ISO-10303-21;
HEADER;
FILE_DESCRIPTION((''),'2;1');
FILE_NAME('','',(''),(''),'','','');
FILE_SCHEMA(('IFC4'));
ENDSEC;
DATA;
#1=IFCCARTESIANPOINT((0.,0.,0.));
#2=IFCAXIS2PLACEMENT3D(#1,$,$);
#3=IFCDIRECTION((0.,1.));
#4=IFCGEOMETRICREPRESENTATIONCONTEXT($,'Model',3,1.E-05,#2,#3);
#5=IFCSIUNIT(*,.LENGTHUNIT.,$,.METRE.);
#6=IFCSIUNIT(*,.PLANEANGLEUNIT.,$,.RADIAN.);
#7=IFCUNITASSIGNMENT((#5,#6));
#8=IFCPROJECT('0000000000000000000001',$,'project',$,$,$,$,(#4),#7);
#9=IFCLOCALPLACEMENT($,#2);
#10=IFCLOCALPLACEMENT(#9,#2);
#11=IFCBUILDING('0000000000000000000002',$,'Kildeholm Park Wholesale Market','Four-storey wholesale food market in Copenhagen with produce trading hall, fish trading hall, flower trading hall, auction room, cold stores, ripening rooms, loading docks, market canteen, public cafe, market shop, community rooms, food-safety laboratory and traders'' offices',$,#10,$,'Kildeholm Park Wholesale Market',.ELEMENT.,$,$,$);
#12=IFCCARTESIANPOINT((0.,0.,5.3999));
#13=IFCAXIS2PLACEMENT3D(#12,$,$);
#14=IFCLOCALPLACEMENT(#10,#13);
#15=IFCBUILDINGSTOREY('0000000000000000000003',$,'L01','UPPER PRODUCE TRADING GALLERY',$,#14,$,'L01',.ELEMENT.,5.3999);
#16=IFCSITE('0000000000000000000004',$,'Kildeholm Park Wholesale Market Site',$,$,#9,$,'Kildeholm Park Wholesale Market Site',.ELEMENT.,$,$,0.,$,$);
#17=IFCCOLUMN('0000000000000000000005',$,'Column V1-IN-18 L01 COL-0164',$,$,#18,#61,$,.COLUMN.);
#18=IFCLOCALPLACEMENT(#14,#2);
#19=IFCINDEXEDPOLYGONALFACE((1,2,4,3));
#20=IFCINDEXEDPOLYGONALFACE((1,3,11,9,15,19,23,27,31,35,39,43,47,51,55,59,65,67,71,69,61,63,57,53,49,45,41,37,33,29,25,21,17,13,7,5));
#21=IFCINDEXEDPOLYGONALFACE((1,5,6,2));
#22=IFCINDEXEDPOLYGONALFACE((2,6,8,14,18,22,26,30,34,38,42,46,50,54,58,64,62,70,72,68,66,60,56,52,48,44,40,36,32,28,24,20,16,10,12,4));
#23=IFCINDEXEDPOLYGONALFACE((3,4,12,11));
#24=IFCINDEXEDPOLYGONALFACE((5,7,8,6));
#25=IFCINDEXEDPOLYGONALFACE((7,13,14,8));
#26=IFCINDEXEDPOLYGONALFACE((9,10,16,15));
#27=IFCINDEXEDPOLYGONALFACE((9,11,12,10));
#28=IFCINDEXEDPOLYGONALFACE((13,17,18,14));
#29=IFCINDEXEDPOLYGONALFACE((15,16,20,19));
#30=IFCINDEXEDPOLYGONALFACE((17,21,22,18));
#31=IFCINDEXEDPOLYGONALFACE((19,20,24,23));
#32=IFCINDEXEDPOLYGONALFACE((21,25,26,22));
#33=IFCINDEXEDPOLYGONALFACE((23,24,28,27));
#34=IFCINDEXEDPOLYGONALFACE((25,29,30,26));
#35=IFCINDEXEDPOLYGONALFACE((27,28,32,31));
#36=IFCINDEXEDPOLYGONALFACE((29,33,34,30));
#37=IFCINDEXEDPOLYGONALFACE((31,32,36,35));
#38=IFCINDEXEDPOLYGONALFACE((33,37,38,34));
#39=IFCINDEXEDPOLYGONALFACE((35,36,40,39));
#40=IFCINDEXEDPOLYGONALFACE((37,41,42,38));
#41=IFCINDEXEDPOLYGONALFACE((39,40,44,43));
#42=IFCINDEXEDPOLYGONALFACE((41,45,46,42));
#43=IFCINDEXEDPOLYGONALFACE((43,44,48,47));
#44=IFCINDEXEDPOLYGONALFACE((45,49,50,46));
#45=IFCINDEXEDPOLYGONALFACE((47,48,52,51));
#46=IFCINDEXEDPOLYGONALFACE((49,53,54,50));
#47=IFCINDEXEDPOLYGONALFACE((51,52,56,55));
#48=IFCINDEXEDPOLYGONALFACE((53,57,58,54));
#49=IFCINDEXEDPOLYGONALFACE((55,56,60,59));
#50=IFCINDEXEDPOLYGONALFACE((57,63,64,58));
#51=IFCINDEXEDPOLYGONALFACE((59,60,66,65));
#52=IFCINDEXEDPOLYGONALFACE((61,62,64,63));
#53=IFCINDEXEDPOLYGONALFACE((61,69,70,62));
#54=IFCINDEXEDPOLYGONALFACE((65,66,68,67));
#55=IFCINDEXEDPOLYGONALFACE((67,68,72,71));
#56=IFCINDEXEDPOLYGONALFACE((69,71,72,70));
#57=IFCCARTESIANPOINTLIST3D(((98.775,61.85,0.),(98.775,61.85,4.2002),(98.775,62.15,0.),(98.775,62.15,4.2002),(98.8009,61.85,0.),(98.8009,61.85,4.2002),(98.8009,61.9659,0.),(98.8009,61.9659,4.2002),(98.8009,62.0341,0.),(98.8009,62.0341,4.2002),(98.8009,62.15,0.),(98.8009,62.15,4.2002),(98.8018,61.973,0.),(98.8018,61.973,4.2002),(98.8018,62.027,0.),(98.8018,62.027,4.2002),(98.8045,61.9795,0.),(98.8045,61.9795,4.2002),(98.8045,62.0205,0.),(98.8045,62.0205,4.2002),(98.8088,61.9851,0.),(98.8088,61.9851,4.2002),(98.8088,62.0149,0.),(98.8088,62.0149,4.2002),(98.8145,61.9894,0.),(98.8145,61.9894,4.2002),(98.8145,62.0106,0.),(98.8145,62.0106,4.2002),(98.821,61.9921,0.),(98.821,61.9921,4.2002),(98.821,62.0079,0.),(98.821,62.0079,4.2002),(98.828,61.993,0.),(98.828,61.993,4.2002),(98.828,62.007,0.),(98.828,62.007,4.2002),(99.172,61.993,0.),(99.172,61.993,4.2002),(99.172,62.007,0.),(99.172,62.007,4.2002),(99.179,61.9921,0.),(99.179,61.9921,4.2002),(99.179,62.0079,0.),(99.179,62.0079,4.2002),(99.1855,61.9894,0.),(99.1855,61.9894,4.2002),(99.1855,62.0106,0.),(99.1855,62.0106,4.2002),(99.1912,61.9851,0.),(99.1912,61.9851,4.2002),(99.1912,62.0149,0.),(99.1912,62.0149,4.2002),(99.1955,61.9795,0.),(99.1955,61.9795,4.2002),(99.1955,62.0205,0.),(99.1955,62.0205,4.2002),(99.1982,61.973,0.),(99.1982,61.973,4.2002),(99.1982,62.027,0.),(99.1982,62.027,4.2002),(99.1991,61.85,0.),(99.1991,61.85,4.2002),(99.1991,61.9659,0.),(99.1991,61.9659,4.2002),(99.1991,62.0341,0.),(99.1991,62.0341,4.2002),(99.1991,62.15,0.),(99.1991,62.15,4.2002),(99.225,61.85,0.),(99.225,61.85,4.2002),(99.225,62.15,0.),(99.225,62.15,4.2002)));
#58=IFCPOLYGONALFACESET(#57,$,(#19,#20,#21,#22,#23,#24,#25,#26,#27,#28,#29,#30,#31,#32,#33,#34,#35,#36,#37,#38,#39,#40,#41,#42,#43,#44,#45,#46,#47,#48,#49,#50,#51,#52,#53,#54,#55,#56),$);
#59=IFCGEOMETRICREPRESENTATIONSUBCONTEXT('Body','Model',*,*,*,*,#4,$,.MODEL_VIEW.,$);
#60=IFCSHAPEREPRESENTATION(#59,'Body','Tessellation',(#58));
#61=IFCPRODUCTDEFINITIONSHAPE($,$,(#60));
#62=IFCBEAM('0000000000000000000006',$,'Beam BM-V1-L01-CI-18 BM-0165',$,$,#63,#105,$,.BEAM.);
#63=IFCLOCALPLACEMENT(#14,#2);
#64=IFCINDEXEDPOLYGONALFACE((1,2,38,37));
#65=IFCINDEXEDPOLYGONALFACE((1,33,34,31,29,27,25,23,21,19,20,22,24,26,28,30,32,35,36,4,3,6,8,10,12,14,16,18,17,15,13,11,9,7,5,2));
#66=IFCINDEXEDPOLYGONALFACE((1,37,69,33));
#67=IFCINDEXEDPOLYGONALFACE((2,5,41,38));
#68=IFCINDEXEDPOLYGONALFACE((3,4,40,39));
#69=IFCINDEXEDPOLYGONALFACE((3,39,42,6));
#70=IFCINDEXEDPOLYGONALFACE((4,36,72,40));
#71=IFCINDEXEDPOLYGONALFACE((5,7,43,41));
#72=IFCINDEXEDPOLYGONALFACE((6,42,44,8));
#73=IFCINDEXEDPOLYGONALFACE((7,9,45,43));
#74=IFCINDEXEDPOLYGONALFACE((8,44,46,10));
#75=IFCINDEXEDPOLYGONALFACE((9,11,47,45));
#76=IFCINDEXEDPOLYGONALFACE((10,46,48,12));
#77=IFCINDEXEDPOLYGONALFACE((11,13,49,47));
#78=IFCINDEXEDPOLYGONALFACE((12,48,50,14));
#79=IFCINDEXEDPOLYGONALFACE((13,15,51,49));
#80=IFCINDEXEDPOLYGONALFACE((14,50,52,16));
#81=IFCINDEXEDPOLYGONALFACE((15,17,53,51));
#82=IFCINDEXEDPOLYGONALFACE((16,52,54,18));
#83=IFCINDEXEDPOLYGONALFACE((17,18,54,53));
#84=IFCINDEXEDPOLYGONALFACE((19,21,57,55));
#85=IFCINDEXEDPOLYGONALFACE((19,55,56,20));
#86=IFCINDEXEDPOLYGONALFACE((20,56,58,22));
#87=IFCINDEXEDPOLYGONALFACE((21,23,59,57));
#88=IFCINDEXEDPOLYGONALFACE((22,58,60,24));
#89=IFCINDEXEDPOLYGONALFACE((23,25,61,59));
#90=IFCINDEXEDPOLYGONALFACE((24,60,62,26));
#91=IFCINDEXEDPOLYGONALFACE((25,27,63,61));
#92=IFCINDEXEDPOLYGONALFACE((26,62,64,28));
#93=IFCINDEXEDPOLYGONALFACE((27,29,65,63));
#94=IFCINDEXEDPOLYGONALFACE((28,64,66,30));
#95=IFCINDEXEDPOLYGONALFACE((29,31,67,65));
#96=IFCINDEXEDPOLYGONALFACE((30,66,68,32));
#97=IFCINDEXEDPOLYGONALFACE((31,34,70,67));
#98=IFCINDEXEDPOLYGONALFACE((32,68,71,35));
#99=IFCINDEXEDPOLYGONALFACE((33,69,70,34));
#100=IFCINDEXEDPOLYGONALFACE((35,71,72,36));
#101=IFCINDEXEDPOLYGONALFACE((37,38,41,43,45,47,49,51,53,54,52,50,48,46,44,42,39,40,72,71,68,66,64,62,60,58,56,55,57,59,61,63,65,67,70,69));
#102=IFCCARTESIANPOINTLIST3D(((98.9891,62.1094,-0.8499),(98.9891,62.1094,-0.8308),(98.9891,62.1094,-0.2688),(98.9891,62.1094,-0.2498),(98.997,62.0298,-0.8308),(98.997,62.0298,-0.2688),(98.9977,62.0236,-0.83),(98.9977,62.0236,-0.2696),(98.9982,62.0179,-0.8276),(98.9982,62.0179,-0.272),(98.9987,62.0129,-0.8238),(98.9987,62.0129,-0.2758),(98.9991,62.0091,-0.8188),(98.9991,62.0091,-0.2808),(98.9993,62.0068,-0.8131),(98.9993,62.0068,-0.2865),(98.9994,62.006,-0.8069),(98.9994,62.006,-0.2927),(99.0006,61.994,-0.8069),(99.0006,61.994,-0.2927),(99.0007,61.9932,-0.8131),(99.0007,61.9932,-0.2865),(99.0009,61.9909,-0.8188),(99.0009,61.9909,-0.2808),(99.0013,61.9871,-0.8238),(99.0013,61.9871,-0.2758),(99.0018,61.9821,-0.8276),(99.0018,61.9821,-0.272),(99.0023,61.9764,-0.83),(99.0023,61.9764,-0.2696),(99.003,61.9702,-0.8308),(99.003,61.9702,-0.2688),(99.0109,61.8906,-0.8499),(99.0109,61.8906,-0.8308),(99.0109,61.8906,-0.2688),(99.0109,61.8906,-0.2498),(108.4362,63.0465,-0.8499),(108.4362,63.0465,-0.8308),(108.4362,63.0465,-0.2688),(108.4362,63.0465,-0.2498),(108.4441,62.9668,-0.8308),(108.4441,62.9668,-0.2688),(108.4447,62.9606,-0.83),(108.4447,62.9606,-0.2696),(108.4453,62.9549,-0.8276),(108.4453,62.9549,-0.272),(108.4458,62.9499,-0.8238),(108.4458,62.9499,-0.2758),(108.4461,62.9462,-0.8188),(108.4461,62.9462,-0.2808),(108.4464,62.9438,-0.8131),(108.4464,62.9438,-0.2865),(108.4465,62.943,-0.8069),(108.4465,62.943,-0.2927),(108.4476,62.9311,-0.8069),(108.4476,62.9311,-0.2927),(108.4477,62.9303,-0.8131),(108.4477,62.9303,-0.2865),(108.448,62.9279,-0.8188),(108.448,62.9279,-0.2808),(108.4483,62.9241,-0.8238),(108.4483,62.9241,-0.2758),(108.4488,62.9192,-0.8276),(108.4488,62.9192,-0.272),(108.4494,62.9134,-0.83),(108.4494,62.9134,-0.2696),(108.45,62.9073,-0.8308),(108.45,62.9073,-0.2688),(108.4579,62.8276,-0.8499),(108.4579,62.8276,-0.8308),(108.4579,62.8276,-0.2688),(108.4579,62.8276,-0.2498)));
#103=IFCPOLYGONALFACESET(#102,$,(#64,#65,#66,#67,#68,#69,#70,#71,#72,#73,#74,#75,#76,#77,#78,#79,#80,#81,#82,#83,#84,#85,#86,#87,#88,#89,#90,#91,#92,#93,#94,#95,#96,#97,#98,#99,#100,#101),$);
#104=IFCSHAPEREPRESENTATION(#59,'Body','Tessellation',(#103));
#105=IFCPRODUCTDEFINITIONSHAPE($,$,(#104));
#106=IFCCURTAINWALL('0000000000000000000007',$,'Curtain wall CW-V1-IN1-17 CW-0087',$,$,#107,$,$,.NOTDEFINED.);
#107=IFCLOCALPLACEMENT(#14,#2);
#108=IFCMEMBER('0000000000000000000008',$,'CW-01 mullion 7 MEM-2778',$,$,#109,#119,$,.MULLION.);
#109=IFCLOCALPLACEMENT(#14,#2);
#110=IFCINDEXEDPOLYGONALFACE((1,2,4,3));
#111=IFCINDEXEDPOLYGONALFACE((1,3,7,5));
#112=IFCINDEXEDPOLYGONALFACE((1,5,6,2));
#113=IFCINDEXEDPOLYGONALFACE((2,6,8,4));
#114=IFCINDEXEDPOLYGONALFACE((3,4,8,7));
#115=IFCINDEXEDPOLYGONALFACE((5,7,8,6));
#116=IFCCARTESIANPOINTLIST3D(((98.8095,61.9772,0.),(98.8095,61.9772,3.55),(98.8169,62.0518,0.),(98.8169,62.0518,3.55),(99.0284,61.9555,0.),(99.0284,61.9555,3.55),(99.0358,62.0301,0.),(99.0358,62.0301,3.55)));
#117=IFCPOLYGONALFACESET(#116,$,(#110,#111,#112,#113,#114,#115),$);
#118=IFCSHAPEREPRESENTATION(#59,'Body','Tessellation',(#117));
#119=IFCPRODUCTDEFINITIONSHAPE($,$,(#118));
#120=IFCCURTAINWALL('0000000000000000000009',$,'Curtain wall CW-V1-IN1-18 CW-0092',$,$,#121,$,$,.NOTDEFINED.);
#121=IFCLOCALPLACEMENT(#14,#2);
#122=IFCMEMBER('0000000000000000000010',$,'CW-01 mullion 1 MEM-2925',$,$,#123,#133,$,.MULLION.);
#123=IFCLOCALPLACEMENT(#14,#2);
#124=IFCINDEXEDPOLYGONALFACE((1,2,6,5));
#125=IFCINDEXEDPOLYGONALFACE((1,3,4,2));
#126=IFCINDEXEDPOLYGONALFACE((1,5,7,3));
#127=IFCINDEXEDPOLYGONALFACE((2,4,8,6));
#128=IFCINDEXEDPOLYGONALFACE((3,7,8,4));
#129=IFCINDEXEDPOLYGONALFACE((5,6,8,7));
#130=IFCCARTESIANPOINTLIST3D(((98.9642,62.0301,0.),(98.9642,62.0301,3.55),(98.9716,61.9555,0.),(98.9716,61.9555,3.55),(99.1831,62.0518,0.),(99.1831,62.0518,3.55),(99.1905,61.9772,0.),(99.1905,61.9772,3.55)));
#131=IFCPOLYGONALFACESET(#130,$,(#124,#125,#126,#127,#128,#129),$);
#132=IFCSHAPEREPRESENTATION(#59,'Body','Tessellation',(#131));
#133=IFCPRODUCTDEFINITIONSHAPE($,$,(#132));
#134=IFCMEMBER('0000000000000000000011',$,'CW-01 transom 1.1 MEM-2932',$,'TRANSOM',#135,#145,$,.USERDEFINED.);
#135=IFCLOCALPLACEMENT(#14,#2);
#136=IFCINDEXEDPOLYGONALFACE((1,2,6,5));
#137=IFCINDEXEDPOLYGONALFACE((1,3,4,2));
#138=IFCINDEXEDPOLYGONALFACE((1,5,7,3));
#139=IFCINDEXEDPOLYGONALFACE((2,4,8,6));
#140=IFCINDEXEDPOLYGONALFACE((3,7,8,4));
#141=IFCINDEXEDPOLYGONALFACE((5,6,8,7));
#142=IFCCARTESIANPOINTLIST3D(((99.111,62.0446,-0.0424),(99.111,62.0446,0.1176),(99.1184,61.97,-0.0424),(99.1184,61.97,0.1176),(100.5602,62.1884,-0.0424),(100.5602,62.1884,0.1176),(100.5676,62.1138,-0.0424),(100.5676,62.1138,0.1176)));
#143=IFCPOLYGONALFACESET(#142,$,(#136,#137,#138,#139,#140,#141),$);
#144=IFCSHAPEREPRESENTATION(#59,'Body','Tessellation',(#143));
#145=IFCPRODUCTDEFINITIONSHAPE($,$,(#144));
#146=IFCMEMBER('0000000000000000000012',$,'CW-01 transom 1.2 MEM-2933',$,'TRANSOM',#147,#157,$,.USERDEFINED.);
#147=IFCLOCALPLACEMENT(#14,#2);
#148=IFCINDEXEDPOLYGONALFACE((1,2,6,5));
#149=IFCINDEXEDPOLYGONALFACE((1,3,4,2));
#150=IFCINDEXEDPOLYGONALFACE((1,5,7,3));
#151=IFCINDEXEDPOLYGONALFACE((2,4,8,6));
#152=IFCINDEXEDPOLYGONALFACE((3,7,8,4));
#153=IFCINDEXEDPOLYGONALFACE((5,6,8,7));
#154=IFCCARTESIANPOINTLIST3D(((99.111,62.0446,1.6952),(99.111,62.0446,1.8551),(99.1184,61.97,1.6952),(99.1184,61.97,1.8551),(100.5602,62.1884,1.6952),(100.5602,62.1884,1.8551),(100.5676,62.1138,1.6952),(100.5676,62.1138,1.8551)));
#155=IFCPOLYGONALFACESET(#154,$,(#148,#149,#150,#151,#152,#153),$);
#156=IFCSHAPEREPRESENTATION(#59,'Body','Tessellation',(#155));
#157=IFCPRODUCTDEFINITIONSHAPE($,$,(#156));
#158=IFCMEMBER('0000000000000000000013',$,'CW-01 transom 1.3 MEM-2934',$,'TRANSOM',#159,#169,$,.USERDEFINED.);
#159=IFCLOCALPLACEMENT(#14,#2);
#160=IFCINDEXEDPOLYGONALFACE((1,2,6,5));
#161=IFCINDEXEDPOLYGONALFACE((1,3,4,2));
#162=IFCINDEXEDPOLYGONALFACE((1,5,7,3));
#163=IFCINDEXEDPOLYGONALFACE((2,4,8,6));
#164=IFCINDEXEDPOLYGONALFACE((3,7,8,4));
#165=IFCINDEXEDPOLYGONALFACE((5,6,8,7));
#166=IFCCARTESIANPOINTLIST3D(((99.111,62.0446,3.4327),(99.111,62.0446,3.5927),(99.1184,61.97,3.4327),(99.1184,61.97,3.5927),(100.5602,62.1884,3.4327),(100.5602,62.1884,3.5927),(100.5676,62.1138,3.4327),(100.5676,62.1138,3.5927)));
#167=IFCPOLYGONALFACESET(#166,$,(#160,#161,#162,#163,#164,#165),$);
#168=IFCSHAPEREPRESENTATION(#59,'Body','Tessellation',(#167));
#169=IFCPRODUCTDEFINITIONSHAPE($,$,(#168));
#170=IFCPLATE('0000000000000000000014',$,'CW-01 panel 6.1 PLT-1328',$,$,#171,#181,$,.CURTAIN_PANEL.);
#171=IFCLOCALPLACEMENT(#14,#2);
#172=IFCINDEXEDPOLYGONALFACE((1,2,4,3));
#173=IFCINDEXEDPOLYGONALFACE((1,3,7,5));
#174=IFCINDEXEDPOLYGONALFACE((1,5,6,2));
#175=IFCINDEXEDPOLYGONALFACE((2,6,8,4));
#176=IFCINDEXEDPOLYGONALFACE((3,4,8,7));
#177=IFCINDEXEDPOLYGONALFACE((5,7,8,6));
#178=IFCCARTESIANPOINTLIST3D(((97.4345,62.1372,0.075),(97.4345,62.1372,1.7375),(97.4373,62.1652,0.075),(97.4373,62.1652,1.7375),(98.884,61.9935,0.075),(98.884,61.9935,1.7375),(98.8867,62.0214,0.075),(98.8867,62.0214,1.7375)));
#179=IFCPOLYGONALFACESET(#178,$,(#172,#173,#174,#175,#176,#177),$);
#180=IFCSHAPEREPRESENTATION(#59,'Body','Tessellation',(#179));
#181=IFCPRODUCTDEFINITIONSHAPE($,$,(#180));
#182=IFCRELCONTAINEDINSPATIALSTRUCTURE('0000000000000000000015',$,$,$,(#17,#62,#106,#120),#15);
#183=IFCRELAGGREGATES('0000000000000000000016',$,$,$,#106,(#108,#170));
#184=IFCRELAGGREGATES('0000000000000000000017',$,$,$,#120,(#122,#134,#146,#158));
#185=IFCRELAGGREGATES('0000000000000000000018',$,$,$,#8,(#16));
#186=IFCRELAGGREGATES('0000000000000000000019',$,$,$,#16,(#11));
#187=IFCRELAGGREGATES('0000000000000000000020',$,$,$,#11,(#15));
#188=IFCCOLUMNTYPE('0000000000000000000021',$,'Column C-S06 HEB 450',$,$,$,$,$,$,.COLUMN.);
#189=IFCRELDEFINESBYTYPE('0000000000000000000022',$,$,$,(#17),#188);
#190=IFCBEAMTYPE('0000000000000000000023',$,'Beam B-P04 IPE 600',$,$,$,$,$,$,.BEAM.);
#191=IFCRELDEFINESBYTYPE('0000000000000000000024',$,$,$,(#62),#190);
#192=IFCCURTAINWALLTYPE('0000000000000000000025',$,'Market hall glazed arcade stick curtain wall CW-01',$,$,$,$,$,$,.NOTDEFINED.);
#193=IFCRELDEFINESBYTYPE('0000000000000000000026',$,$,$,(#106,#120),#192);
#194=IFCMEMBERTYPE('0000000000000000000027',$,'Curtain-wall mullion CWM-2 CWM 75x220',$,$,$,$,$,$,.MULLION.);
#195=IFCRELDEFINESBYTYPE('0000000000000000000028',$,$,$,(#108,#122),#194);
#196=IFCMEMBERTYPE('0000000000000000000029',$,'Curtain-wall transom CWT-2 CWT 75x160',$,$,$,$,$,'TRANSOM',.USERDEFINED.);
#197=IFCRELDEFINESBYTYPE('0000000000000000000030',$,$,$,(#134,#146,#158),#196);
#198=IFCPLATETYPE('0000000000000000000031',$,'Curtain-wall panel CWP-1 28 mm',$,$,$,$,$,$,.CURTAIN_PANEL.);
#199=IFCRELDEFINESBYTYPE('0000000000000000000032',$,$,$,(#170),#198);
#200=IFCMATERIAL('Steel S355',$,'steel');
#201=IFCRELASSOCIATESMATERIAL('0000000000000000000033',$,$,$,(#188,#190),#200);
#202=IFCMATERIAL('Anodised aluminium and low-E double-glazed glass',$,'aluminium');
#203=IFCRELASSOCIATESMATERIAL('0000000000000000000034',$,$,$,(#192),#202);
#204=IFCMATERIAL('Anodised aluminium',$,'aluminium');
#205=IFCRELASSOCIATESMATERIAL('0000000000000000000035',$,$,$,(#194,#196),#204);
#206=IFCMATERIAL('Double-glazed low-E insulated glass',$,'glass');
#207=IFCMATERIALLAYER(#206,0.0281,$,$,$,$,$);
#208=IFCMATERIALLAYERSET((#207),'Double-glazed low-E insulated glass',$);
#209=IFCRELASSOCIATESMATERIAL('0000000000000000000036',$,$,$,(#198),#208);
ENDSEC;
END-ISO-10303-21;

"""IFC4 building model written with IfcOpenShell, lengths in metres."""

from ifc_helpers import new_model, si_unit, direction, frame, origin, origin_2d, place, context, subcontext, project, spatial, rectangle, i_section, extrude, material, layer, layer_set, material_profile, profile_set, type_object, element, aggregate, save


model = new_model("IFC4")

# Units and contexts
model_context = context("Model", 3, precision=1e-05, world=origin(), true_north=direction((0.0, 1.0)))
body_context = subcontext(model_context, "Body", "Model", "MODEL_VIEW")
ifc_project = project(units=[si_unit("LENGTHUNIT", "METRE"), si_unit("PLANEANGLEUNIT", "RADIAN")], contexts=[model_context])

# Site, building, storey
site_placement = place(None, origin())
site = spatial("IfcSite", under=ifc_project, at=site_placement, Name="Kildeholm Park Wholesale Market Site", LongName="Kildeholm Park Wholesale Market Site", CompositionType="ELEMENT", RefElevation=0.0)
building_placement = place(site_placement, origin())
building = spatial("IfcBuilding", under=site, at=building_placement, Name="Kildeholm Park Wholesale Market", Description="Four-storey wholesale food market in Copenhagen with produce trading hall, fish trading hall, flower trading hall, auction room, cold stores, ripening rooms, loading docks, market canteen, public cafe, market shop, community rooms, food-safety laboratory and traders' offices", LongName="Kildeholm Park Wholesale Market", CompositionType="ELEMENT")
storey_placement = place(building_placement, frame((0.0, 0.0, 5.3999)))
storey = spatial("IfcBuildingStorey", under=building, at=storey_placement, Name="L01", Description="UPPER PRODUCE TRADING GALLERY", LongName="L01", CompositionType="ELEMENT", Elevation=5.3999)

# Column
ifc_material_1 = material(Name="Steel S355", Category="steel")
ifc_material_profile_1 = material_profile(ifc_material_1, i_section(OverallWidth=0.3, OverallDepth=0.45, WebThickness=0.0139, FlangeThickness=0.0259, FilletRadius=0.0271, at=origin_2d()), Name="HEB 450")
ifc_profile_set_1 = profile_set([ifc_material_profile_1], Name="Steel S355")
column_type = type_object("IfcColumnType", Name="Column C-S06 HEB 450", PredefinedType="COLUMN", material=ifc_profile_set_1)
column_placement = place(storey_placement, frame((99.0, 62.0, 0.0), z_axis=(0.0, 0.0, 1.0), x_axis=(0.0, -1.0, 0.0)))
element("IfcColumn", 1, at=column_placement, inside=storey, type_object=column_type, Name="Column V1-IN-18 L01 COL-0164", PredefinedType="COLUMN", context=body_context, shape_type="SweptSolid", body=[
    extrude(i_section(OverallWidth=0.3, OverallDepth=0.45, WebThickness=0.0139, FlangeThickness=0.0259, FilletRadius=0.0271, at=origin_2d()), origin(), (0.0, 0.0, 1.0), 4.2002),
])

# Beam
ifc_material_profile_2 = material_profile(ifc_material_1, i_section(OverallWidth=0.22, OverallDepth=0.6001, WebThickness=0.012, FlangeThickness=0.019, FilletRadius=0.0239, at=origin_2d()), Name="IPE 600")
ifc_profile_set_2 = profile_set([ifc_material_profile_2], Name="Steel S355")
beam_type = type_object("IfcBeamType", Name="Beam B-P04 IPE 600", PredefinedType="BEAM", material=ifc_profile_set_2)
beam_placement = place(storey_placement, frame((99.0, 62.0, -0.5498), z_axis=(0.995117, 0.098702, 0.0), x_axis=(-0.098702, 0.995117, 0.0)))
element("IfcBeam", 2, at=beam_placement, inside=storey, type_object=beam_type, Name="Beam BM-V1-L01-CI-18 BM-0165", PredefinedType="BEAM", context=body_context, shape_type="SweptSolid", body=[
    extrude(i_section(OverallWidth=0.22, OverallDepth=0.6001, WebThickness=0.012, FlangeThickness=0.019, FilletRadius=0.0239, at=origin_2d()), origin(), (0.0, 0.0, 1.0), 9.4934),
])

# Curtain wall, member
ifc_material_2 = material(Name="Anodised aluminium and low-E double-glazed glass", Category="aluminium")
curtain_wall_type = type_object("IfcCurtainWallType", Name="Market hall glazed arcade stick curtain wall CW-01", PredefinedType="NOTDEFINED", material=ifc_material_2)
curtain_wall_1_placement = place(storey_placement, origin())
curtain_wall_1 = element("IfcCurtainWall", 3, at=curtain_wall_1_placement, inside=storey, type_object=curtain_wall_type, Name="Curtain wall CW-V1-IN1-17 CW-0087", PredefinedType="NOTDEFINED")
ifc_material_3 = material(Name="Anodised aluminium", Category="aluminium")
ifc_material_profile_3 = material_profile(ifc_material_3, rectangle(XDim=0.075, YDim=0.22, at=origin_2d()), Name="CWM 75x220")
ifc_profile_set_3 = profile_set([ifc_material_profile_3], Name="Anodised aluminium")
member_type_1 = type_object("IfcMemberType", Name="Curtain-wall mullion CWM-2 CWM 75x220", PredefinedType="MULLION", material=ifc_profile_set_3)
member_1_placement = place(storey_placement, frame((98.9226, 62.0037, 0.0), z_axis=(0.0, 0.0, 1.0), x_axis=(0.098683, 0.995119, 0.0)))
member_1 = element("IfcMember", 4, at=member_1_placement, type_object=member_type_1, Name="CW-01 mullion 7 MEM-2778", PredefinedType="MULLION", context=body_context, shape_type="SweptSolid", body=[
    extrude(rectangle(XDim=0.075, YDim=0.22, at=origin_2d()), origin(), (0.0, 0.0, 1.0), 3.55),
])

# Curtain wall, members
curtain_wall_2_placement = place(storey_placement, origin())
curtain_wall_2 = element("IfcCurtainWall", 5, at=curtain_wall_2_placement, inside=storey, type_object=curtain_wall_type, Name="Curtain wall CW-V1-IN1-18 CW-0092", PredefinedType="NOTDEFINED")
member_2_placement = place(storey_placement, frame((99.0774, 62.0037, 0.0), z_axis=(0.0, 0.0, 1.0), x_axis=(-0.098683, 0.995119, 0.0)))
member_2 = element("IfcMember", 6, at=member_2_placement, type_object=member_type_1, Name="CW-01 mullion 1 MEM-2925", PredefinedType="MULLION", context=body_context, shape_type="SweptSolid", body=[
    extrude(rectangle(XDim=0.075, YDim=0.22, at=origin_2d()), origin(), (0.0, 0.0, 1.0), 3.55),
])
ifc_material_profile_4 = material_profile(ifc_material_3, rectangle(XDim=0.075, YDim=0.1599, at=origin_2d()), Name="CWT 75x160")
ifc_profile_set_4 = profile_set([ifc_material_profile_4], Name="Anodised aluminium")
member_type_2 = type_object("IfcMemberType", Name="Curtain-wall transom CWT-2 CWT 75x160", ElementType="TRANSOM", PredefinedType="USERDEFINED", material=ifc_profile_set_4)
member_3_placement = place(storey_placement, frame((99.1147, 62.0073, 0.0376), z_axis=(0.995113, 0.09874, 0.0), x_axis=(-0.09874, 0.995113, 0.0)))
member_3 = element("IfcMember", 7, at=member_3_placement, type_object=member_type_2, Name="CW-01 transom 1.1 MEM-2932", ObjectType="TRANSOM", PredefinedType="USERDEFINED", context=body_context, shape_type="SweptSolid", body=[
    extrude(rectangle(XDim=0.075, YDim=0.1599, at=origin_2d()), origin(), (0.0, 0.0, 1.0), 1.4563),
])
member_4_placement = place(storey_placement, frame((99.1147, 62.0073, 1.7751), z_axis=(0.995113, 0.09874, 0.0), x_axis=(-0.09874, 0.995113, 0.0)))
member_4 = element("IfcMember", 8, at=member_4_placement, type_object=member_type_2, Name="CW-01 transom 1.2 MEM-2933", ObjectType="TRANSOM", PredefinedType="USERDEFINED", context=body_context, shape_type="SweptSolid", body=[
    extrude(rectangle(XDim=0.075, YDim=0.1599, at=origin_2d()), origin(), (0.0, 0.0, 1.0), 1.4563),
])
member_5_placement = place(storey_placement, frame((99.1147, 62.0073, 3.5127), z_axis=(0.995113, 0.09874, 0.0), x_axis=(-0.09874, 0.995113, 0.0)))
member_5 = element("IfcMember", 9, at=member_5_placement, type_object=member_type_2, Name="CW-01 transom 1.3 MEM-2934", ObjectType="TRANSOM", PredefinedType="USERDEFINED", context=body_context, shape_type="SweptSolid", body=[
    extrude(rectangle(XDim=0.075, YDim=0.1599, at=origin_2d()), origin(), (0.0, 0.0, 1.0), 1.4563),
])

# Plate
ifc_material_4 = material(Name="Double-glazed low-E insulated glass", Category="glass")
ifc_layer_1 = layer(ifc_material_4, 0.0281)
ifc_layer_set_1 = layer_set([ifc_layer_1], Name="Double-glazed low-E insulated glass")
plate_type = type_object("IfcPlateType", Name="Curtain-wall panel CWP-1 28 mm", PredefinedType="CURTAIN_PANEL", material=ifc_layer_set_1)
plate_1_placement = place(storey_placement, frame((98.1606, 62.0793, 0.075), z_axis=(0.0, 0.0, 1.0), x_axis=(0.995119, -0.098683, 0.0)))
plate_1 = element("IfcPlate", 10, at=plate_1_placement, type_object=plate_type, Name="CW-01 panel 6.1 PLT-1328", PredefinedType="CURTAIN_PANEL", context=body_context, shape_type="SweptSolid", body=[
    extrude(rectangle(XDim=1.4565, YDim=0.0281, at=origin_2d()), origin(), (0.0, 0.0, 1.0), 1.6626),
])
aggregate(curtain_wall_1, [member_1, plate_1])
aggregate(curtain_wall_2, [member_2, member_3, member_4, member_5])

save(model, "model.ifc")
